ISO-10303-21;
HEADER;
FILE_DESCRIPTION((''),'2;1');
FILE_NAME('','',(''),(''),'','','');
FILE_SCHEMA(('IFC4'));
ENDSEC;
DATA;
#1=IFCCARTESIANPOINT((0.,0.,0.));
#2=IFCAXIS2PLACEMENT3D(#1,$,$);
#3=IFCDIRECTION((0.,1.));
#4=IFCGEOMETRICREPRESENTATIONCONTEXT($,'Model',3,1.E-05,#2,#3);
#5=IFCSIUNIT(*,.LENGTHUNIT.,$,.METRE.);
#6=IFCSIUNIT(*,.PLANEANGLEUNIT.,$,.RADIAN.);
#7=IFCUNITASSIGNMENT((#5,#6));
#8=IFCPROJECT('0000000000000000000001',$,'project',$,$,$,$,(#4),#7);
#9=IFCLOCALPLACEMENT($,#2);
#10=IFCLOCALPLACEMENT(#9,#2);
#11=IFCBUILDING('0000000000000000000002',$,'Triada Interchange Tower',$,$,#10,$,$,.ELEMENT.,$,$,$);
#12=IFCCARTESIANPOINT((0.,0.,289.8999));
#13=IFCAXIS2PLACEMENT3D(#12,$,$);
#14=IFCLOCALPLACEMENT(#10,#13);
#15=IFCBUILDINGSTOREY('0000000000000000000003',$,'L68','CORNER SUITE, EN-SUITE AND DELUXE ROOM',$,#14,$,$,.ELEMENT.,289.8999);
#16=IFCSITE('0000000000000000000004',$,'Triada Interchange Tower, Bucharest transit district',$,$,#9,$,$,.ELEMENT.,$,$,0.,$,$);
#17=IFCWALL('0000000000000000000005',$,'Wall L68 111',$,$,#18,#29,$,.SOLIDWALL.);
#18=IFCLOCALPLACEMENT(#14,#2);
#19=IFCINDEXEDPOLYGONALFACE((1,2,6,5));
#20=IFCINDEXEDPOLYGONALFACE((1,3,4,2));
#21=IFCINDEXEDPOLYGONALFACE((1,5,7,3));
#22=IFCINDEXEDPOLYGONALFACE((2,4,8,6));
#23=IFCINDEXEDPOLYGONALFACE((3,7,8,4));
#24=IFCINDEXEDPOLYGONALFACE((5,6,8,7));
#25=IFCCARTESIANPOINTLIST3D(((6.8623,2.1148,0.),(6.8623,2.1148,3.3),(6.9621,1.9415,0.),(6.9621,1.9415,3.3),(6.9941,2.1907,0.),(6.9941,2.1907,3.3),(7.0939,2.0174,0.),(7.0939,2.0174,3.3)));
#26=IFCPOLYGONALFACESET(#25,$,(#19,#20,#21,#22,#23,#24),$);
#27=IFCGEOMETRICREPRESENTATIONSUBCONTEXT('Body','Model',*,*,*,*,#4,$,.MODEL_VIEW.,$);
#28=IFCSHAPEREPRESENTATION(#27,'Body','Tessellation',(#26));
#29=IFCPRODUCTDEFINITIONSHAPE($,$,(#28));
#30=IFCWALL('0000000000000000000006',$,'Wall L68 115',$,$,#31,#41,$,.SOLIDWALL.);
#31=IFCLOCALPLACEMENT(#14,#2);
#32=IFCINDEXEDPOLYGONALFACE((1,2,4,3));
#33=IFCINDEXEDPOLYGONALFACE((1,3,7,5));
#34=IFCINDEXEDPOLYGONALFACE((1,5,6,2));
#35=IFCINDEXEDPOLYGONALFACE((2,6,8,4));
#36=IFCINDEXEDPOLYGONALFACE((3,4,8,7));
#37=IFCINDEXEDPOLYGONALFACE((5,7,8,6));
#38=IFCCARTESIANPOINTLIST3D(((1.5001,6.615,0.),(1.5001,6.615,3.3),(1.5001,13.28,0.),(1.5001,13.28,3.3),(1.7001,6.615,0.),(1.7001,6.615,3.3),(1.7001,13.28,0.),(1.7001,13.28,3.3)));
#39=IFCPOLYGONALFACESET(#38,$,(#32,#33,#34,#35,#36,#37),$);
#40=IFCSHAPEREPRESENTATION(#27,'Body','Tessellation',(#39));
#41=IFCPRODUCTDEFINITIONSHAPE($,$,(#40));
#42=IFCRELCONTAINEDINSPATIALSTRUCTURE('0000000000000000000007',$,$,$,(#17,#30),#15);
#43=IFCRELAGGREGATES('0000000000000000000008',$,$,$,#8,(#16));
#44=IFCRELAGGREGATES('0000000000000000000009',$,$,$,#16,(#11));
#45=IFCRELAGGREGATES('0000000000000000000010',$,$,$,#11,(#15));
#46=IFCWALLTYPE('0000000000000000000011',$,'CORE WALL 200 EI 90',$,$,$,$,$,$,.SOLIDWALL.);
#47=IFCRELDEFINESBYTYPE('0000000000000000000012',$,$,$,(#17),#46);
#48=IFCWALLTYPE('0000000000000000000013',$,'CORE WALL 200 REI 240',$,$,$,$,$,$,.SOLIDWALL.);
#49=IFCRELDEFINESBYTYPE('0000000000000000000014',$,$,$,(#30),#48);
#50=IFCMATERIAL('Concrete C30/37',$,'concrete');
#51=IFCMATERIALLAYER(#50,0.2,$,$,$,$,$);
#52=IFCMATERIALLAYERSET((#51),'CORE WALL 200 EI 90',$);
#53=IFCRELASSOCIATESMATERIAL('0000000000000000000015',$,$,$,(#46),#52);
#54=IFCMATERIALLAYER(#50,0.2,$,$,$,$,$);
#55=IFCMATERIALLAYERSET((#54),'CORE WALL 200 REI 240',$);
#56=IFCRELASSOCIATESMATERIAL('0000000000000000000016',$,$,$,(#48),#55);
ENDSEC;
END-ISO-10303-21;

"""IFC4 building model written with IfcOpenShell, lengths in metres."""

from ifc_helpers import new_model, si_unit, direction, frame, frame_2d, origin, place, context, subcontext, project, spatial, rectangle, extrude, material, layer, layer_set, type_object, element, save


model = new_model("IFC4")

# Units and contexts
model_context = context("Model", 3, precision=1e-05, world=origin(), true_north=direction((0.0, 1.0)))
body_context = subcontext(model_context, "Body", "Model", "MODEL_VIEW")
ifc_project = project(units=[si_unit("LENGTHUNIT", "METRE"), si_unit("PLANEANGLEUNIT", "RADIAN")], contexts=[model_context])

# Site, building, storey
site_placement = place(None, origin())
site = spatial("IfcSite", under=ifc_project, at=site_placement, Name="Triada Interchange Tower, Bucharest transit district", CompositionType="ELEMENT", RefElevation=0.0)
building_placement = place(site_placement, origin())
building = spatial("IfcBuilding", under=site, at=building_placement, Name="Triada Interchange Tower", CompositionType="ELEMENT")
storey_placement = place(building_placement, frame((0.0, 0.0, 289.8999)))
storey = spatial("IfcBuildingStorey", under=building, at=storey_placement, Name="L68", Description="CORNER SUITE, EN-SUITE AND DELUXE ROOM", CompositionType="ELEMENT", Elevation=289.8999)

# Shared definitions
ifc_material_1 = material(Name="Concrete C30/37", Category="concrete")

# Walls
ifc_layer_1 = layer(ifc_material_1, 0.2)
ifc_layer_set_1 = layer_set([ifc_layer_1], Name="CORE WALL 200 EI 90")
wall_type_1 = type_object("IfcWallType", Name="CORE WALL 200 EI 90", PredefinedType="SOLIDWALL", material=ifc_layer_set_1)
wall_1_placement = place(storey_placement, frame((6.9121, 2.0281, 0.0), z_axis=(0.0, 0.0, 1.0), x_axis=(0.866559, 0.499074, 0.0)))
element("IfcWall", 1, at=wall_1_placement, inside=storey, type_object=wall_type_1, Name="Wall L68 111", PredefinedType="SOLIDWALL", context=body_context, shape_type="SweptSolid", body=[
    extrude(rectangle(XDim=0.1521, YDim=0.2, at=frame_2d((0.0762, 0.0))), origin(), (0.0, 0.0, 1.0), 3.3),
])
ifc_layer_2 = layer(ifc_material_1, 0.2)
ifc_layer_set_2 = layer_set([ifc_layer_2], Name="CORE WALL 200 REI 240")
wall_type_2 = type_object("IfcWallType", Name="CORE WALL 200 REI 240", PredefinedType="SOLIDWALL", material=ifc_layer_set_2)
wall_2_placement = place(storey_placement, frame((1.6001, 6.615, 0.0), z_axis=(0.0, 0.0, 1.0), x_axis=(0.0, 1.0, 0.0)))
element("IfcWall", 2, at=wall_2_placement, inside=storey, type_object=wall_type_2, Name="Wall L68 115", PredefinedType="SOLIDWALL", context=body_context, shape_type="SweptSolid", body=[
    extrude(rectangle(XDim=6.665, YDim=0.2, at=frame_2d((3.3325, 0.0))), origin(), (0.0, 0.0, 1.0), 3.3),
])

save(model, "model.ifc")
